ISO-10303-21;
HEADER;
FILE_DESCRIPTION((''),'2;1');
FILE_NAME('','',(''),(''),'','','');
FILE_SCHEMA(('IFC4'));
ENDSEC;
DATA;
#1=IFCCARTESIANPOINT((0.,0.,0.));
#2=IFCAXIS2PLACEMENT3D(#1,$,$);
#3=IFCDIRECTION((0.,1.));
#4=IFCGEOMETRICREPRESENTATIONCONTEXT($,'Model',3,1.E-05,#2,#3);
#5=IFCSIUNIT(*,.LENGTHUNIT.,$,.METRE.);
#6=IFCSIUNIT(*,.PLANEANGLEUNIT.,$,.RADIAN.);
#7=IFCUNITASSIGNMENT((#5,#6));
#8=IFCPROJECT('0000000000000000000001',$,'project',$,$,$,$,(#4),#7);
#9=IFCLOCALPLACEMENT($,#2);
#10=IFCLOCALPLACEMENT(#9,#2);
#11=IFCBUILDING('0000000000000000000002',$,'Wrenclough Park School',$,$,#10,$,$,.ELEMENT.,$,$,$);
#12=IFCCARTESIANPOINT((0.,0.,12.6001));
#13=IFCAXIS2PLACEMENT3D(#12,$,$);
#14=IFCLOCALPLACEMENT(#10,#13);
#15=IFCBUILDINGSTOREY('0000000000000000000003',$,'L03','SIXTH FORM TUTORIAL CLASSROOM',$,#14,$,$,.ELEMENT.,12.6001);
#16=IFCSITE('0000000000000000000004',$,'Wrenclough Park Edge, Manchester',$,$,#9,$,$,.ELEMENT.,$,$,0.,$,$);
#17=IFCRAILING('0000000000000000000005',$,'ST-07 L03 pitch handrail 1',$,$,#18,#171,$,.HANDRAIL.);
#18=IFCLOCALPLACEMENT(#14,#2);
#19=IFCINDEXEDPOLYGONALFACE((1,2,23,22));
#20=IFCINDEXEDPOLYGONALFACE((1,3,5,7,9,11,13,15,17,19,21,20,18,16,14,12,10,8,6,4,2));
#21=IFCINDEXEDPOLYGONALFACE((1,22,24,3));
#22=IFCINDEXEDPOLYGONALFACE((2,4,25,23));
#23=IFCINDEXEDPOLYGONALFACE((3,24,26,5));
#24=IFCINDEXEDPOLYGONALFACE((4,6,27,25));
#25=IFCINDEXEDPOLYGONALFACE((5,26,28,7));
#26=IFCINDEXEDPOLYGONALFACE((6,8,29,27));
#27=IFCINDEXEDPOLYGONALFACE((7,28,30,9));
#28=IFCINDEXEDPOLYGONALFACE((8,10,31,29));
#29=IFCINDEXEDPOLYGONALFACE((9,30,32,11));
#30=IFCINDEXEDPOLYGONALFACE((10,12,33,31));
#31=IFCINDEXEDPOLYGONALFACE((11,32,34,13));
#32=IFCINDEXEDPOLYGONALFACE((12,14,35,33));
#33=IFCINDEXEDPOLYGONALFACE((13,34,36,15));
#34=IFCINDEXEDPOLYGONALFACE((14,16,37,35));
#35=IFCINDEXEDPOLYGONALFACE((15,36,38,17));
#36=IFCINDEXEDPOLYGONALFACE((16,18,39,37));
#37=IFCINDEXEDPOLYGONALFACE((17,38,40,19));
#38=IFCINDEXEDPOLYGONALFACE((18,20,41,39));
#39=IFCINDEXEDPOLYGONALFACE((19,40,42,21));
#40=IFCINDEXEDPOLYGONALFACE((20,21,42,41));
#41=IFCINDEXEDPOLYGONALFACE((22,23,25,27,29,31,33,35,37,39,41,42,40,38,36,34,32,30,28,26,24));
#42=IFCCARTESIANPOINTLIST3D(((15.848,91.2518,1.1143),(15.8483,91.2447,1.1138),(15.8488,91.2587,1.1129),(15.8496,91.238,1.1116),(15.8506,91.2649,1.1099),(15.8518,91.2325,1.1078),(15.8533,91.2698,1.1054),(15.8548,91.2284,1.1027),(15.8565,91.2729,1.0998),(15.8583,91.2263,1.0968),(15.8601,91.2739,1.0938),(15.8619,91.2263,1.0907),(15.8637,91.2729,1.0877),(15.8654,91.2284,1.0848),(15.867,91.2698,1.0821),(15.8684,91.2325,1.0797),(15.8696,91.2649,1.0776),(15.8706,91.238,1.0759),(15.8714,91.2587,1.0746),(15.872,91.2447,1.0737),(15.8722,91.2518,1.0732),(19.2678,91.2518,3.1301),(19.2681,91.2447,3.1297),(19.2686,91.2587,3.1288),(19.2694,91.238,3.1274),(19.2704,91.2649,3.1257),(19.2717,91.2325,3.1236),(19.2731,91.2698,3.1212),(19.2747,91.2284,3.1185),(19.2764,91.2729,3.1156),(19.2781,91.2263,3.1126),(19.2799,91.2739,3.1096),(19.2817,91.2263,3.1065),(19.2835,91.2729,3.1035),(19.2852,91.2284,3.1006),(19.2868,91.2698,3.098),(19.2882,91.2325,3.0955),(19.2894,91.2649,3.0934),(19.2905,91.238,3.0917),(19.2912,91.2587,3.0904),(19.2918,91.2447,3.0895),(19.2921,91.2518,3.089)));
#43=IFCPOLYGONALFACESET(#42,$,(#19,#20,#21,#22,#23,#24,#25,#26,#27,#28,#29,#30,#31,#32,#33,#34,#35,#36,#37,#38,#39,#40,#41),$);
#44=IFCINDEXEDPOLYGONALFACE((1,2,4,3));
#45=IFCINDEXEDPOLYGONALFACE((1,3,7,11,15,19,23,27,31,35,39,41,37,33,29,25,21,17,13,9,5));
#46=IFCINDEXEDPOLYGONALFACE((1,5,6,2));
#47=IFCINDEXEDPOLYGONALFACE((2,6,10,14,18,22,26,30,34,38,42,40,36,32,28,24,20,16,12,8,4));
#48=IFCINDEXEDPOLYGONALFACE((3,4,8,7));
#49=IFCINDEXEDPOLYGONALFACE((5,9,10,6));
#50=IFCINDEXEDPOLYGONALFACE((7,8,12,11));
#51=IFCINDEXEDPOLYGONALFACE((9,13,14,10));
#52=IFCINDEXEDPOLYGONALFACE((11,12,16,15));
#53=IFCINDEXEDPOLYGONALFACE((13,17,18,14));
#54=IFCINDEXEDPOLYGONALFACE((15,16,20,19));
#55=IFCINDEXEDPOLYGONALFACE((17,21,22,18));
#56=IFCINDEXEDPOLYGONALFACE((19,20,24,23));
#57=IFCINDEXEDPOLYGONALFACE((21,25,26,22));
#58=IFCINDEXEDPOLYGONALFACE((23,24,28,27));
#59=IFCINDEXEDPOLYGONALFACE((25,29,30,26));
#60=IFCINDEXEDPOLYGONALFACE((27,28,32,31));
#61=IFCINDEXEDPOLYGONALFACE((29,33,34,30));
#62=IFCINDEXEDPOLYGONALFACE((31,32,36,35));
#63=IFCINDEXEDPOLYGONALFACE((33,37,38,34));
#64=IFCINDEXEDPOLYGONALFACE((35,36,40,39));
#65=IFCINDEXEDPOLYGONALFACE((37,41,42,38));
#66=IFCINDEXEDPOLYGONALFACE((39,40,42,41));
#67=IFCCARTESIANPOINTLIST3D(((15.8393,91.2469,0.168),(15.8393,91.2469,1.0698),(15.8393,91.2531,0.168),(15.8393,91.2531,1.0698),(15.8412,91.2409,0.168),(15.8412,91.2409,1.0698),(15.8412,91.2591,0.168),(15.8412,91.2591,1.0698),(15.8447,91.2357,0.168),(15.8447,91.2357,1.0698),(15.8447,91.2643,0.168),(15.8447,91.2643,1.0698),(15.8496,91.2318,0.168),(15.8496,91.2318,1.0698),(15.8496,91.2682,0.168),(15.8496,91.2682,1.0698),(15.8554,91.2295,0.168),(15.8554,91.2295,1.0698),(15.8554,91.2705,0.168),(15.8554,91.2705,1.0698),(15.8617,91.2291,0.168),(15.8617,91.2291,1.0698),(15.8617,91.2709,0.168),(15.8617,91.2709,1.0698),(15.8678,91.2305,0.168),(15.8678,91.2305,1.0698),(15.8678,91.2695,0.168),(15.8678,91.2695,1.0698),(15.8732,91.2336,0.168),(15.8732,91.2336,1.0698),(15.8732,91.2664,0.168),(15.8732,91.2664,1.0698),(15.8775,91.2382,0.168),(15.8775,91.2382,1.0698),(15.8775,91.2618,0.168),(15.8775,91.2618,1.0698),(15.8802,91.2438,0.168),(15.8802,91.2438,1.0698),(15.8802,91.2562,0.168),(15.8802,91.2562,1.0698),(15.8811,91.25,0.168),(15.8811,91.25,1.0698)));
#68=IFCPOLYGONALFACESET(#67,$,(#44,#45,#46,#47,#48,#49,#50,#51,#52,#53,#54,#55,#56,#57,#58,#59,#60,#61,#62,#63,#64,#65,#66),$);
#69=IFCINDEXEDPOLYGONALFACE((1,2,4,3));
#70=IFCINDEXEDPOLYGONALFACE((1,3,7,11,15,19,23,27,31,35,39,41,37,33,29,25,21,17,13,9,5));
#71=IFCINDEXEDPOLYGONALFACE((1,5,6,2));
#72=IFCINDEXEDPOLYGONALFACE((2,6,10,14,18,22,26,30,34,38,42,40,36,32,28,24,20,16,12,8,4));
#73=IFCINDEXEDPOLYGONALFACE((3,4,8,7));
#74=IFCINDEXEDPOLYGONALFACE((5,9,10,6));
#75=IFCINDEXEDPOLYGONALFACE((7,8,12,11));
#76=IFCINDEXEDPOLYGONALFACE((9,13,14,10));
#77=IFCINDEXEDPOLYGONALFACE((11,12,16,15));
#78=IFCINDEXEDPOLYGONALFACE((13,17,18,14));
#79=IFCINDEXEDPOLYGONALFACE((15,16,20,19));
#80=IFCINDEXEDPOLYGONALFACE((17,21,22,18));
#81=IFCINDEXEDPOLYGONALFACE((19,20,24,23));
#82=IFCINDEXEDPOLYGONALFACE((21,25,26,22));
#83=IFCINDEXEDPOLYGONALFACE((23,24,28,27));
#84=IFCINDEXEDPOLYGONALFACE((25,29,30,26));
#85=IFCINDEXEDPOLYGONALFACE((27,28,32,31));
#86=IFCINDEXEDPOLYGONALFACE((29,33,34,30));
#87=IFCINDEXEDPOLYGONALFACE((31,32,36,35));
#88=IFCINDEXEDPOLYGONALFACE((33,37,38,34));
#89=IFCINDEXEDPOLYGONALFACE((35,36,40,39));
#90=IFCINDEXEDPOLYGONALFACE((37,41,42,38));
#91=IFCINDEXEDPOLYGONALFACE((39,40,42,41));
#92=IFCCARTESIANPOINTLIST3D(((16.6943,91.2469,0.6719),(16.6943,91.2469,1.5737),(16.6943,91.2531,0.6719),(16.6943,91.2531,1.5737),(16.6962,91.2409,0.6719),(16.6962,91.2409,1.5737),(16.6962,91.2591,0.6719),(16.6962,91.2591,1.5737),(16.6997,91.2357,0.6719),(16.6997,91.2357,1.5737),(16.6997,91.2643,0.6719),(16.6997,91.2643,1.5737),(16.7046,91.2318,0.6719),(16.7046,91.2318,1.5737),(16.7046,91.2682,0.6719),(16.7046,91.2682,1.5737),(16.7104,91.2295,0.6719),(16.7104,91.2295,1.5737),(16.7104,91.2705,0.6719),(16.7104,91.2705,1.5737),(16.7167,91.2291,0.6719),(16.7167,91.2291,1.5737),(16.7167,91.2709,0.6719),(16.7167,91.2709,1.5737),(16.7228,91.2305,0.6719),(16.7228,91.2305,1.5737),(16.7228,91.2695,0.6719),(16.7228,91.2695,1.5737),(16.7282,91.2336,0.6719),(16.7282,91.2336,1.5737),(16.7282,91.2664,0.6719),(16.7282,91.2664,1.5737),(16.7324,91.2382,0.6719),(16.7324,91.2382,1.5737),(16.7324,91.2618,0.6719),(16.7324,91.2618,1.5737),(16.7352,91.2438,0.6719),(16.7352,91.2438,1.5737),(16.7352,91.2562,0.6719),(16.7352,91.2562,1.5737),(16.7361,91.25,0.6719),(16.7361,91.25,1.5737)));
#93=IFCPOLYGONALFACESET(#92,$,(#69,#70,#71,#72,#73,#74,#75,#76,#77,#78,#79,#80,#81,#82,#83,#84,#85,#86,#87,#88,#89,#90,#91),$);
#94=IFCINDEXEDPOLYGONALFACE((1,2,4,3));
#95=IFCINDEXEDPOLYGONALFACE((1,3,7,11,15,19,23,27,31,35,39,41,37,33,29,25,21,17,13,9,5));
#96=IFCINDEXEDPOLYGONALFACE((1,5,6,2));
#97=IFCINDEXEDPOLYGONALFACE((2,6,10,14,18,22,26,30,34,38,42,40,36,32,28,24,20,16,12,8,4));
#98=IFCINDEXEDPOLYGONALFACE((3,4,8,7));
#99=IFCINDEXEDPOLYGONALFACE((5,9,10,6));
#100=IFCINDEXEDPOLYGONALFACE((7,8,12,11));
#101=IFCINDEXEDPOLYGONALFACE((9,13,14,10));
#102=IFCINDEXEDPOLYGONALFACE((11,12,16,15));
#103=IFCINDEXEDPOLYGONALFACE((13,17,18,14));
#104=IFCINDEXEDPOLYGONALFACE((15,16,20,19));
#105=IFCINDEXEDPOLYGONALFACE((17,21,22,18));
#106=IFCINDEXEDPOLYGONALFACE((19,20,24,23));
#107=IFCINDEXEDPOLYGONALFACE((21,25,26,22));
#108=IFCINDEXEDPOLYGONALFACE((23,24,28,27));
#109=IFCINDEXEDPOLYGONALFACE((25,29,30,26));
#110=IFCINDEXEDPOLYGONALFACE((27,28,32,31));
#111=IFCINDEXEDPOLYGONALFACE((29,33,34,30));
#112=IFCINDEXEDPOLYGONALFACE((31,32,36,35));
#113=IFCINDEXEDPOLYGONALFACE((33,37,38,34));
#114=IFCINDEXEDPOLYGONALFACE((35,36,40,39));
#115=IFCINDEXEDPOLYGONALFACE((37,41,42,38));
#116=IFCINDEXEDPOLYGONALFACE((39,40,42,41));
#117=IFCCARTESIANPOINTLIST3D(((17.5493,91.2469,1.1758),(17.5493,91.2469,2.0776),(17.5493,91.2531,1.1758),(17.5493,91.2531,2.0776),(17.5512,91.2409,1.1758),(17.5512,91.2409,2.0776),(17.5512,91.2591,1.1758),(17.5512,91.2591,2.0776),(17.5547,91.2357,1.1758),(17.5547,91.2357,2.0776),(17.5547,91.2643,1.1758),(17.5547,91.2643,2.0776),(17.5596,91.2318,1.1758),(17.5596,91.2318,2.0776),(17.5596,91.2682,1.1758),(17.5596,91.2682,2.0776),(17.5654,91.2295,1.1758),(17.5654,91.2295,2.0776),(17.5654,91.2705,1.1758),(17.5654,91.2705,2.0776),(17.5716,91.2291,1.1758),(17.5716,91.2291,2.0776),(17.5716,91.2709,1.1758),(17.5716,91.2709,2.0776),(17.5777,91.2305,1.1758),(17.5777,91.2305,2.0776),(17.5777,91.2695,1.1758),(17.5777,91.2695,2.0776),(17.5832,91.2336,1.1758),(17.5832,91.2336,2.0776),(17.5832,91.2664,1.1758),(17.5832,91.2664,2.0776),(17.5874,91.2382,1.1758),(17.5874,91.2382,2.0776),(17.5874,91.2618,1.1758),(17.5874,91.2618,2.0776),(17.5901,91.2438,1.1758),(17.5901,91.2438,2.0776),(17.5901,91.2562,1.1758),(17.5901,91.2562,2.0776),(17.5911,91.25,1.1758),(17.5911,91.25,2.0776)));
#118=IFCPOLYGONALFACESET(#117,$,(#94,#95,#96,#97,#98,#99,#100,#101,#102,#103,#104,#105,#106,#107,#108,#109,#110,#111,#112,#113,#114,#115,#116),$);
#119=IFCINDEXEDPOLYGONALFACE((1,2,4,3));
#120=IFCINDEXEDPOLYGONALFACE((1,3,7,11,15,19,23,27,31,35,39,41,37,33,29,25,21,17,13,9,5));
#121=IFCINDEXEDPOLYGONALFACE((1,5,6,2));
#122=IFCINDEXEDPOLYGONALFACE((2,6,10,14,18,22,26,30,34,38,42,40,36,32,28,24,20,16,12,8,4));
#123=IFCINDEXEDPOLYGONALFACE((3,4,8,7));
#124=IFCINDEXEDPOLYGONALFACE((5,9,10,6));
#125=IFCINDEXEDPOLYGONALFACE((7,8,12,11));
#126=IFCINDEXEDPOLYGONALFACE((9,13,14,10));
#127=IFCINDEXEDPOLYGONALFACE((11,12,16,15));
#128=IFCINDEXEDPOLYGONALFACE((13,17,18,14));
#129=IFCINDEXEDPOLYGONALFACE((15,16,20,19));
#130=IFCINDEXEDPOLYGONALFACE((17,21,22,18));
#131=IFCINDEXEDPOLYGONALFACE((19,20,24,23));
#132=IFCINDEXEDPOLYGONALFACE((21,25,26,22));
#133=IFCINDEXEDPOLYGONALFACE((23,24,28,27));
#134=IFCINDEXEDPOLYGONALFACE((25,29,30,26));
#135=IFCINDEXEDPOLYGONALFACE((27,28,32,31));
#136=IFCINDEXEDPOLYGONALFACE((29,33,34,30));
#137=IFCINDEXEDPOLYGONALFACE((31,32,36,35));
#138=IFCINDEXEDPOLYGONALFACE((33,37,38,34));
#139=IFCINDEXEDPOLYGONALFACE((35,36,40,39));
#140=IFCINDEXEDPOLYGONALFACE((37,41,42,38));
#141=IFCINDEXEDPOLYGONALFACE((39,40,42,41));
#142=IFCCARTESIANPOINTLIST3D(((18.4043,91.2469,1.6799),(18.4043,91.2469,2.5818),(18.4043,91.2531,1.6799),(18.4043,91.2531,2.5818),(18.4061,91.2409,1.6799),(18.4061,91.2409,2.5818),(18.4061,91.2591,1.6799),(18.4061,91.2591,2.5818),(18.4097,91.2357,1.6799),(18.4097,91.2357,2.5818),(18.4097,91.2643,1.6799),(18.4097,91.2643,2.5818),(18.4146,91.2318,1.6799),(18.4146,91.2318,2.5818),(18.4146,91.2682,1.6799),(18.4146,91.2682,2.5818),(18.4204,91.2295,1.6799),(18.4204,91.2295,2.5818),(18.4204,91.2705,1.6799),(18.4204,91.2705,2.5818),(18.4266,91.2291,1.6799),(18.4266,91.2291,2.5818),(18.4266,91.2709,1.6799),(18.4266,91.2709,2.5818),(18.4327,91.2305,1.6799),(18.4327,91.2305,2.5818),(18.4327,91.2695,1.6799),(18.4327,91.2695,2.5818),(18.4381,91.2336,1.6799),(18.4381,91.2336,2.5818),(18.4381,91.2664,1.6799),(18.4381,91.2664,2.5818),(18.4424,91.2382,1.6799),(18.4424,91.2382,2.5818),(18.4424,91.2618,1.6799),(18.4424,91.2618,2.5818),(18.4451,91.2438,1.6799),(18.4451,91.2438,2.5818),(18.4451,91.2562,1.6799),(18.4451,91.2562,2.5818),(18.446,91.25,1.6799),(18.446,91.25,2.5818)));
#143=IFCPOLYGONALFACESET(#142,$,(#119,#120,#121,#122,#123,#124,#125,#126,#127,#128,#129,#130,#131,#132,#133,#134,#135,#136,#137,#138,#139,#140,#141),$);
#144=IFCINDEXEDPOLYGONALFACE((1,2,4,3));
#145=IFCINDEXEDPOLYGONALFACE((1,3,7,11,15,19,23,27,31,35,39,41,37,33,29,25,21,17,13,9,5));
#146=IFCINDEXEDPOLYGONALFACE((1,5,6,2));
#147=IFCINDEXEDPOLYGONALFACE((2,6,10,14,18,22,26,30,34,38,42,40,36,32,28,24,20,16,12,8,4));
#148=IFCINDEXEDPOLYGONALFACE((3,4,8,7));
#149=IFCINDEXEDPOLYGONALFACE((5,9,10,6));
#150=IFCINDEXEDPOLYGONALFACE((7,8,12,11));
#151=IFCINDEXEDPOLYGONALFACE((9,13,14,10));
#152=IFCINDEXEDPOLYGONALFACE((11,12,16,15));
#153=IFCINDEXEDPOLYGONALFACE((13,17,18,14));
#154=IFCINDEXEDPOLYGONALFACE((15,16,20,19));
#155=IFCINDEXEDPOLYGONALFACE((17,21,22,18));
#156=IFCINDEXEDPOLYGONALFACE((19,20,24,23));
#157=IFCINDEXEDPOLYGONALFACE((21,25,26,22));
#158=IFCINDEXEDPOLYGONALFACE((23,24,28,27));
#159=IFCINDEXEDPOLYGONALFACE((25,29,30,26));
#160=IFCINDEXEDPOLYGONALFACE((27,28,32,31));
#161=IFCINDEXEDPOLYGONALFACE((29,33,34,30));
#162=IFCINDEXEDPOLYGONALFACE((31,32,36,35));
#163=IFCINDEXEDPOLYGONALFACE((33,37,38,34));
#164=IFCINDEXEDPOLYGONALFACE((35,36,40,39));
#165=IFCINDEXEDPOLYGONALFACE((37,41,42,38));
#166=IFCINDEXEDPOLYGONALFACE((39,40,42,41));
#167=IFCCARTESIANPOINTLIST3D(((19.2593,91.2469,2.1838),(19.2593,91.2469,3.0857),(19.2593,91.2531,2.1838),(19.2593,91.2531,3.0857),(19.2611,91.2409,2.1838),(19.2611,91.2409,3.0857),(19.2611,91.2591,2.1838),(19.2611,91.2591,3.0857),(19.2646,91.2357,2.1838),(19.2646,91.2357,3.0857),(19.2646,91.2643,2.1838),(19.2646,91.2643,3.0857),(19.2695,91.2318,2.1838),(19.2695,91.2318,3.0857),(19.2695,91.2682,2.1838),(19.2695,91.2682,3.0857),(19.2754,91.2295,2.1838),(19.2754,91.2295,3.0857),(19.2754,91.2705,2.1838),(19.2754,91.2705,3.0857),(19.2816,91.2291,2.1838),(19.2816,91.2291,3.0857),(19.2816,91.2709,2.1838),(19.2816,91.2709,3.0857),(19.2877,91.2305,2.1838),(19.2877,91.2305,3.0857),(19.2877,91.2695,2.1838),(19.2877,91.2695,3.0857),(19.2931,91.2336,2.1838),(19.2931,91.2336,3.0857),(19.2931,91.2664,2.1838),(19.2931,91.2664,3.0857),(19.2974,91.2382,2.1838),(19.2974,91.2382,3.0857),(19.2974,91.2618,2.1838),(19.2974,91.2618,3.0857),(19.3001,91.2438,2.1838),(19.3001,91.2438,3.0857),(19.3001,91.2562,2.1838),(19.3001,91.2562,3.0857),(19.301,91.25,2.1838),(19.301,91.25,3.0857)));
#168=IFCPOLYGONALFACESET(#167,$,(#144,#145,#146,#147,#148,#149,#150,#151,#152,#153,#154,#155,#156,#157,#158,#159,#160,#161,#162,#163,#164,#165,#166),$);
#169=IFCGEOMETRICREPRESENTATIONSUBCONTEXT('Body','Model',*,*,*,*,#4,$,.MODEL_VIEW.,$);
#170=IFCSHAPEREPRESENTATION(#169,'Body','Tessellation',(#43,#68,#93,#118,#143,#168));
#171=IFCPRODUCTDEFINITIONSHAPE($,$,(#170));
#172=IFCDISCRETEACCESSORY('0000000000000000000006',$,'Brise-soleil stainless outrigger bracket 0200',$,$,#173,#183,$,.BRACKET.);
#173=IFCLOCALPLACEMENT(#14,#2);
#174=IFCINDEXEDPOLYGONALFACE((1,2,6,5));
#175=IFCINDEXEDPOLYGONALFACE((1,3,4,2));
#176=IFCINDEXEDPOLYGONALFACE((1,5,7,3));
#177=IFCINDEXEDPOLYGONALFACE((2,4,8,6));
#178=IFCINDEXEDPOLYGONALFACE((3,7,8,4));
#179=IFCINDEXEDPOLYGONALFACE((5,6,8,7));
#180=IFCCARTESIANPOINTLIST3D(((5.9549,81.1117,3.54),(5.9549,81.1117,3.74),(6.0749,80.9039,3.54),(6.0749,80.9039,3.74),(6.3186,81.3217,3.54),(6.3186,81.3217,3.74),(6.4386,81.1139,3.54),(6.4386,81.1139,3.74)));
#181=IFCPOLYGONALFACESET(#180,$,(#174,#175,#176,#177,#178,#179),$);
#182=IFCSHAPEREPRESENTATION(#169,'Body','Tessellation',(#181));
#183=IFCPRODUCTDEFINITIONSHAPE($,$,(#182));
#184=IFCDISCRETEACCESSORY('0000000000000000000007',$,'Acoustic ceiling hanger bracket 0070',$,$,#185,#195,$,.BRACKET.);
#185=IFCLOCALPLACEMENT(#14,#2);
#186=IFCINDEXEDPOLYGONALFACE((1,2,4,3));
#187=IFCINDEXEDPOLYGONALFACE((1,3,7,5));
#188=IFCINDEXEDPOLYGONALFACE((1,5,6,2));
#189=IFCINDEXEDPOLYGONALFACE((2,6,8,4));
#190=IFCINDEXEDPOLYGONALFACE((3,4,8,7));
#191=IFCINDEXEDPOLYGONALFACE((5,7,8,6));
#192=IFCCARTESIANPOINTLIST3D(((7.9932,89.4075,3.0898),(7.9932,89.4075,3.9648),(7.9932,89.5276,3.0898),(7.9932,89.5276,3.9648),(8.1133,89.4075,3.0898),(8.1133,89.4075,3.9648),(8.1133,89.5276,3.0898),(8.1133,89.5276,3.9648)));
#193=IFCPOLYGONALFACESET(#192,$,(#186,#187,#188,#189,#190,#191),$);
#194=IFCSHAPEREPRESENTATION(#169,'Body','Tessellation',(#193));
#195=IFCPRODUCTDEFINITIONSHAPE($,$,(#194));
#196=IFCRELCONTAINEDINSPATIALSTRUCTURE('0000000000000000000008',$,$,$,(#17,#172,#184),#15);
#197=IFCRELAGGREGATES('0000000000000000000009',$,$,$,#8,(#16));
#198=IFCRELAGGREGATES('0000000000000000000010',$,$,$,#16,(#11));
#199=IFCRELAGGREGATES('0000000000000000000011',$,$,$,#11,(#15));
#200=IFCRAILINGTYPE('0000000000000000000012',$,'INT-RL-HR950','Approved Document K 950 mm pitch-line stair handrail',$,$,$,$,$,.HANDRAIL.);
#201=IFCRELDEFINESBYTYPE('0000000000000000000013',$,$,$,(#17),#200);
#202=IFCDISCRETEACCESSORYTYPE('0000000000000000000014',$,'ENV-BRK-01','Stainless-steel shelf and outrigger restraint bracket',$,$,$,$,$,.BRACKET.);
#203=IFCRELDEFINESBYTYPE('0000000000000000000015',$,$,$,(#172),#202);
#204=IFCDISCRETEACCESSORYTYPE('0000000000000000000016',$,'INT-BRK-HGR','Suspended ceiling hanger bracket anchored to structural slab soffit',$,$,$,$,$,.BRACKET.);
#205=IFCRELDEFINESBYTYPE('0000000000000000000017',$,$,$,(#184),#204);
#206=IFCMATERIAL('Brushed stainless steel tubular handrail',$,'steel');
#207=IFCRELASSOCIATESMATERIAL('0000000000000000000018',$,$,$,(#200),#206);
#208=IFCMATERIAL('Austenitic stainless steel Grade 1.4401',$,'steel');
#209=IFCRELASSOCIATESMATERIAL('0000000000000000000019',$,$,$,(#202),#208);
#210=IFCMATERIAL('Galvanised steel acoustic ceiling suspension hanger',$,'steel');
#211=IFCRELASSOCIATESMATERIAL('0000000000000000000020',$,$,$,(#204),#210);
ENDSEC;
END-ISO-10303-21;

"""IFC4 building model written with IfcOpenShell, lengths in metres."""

from ifc_helpers import new_model, si_unit, direction, frame, origin, origin_2d, place, context, subcontext, project, spatial, rectangle, circle, extrude, material, type_object, element, save


model = new_model("IFC4")

# Units and contexts
model_context = context("Model", 3, precision=1e-05, world=origin(), true_north=direction((0.0, 1.0)))
body_context = subcontext(model_context, "Body", "Model", "MODEL_VIEW")
ifc_project = project(units=[si_unit("LENGTHUNIT", "METRE"), si_unit("PLANEANGLEUNIT", "RADIAN")], contexts=[model_context])

# Site, building, storey
site_placement = place(None, origin())
site = spatial("IfcSite", under=ifc_project, at=site_placement, Name="Wrenclough Park Edge, Manchester", CompositionType="ELEMENT", RefElevation=0.0)
building_placement = place(site_placement, origin())
building = spatial("IfcBuilding", under=site, at=building_placement, Name="Wrenclough Park School", CompositionType="ELEMENT")
storey_placement = place(building_placement, frame((0.0, 0.0, 12.6001)))
storey = spatial("IfcBuildingStorey", under=building, at=storey_placement, Name="L03", Description="SIXTH FORM TUTORIAL CLASSROOM", CompositionType="ELEMENT", Elevation=12.6001)

# Railing
ifc_material_1 = material(Name="Brushed stainless steel tubular handrail", Category="steel")
railing_type_1 = type_object("IfcRailingType", Name="INT-RL-HR950", Description="Approved Document K 950 mm pitch-line stair handrail", PredefinedType="HANDRAIL", material=ifc_material_1)
railing_1_placement = place(storey_placement, frame((15.8601, 91.25, 0.168)))
element("IfcRailing", 1, at=railing_1_placement, inside=storey, type_object=railing_type_1, Name="ST-07 L03 pitch handrail 1", PredefinedType="HANDRAIL", context=body_context, shape_type="SweptSolid", body=[
    extrude(circle(Radius=0.0239, at=origin_2d()), frame((0.0, 0.0, 0.9258), z_axis=(0.861477, 0.0, 0.507797), x_axis=(0.0, 1.0, 0.0)), (0.0, 0.0, 1.0), 3.9697),
    extrude(circle(Radius=0.021, at=origin_2d()), origin(), (0.0, 0.0, 1.0), 0.9019),
    extrude(circle(Radius=0.021, at=origin_2d()), frame((0.855, 0.0, 0.5039)), (0.0, 0.0, 1.0), 0.9019),
    extrude(circle(Radius=0.021, at=origin_2d()), frame((1.71, 0.0, 1.0078)), (0.0, 0.0, 1.0), 0.9019),
    extrude(circle(Radius=0.021, at=origin_2d()), frame((2.5649, 0.0, 1.512)), (0.0, 0.0, 1.0), 0.9019),
    extrude(circle(Radius=0.021, at=origin_2d()), frame((3.4199, 0.0, 2.0159)), (0.0, 0.0, 1.0), 0.9019),
])

# Discrete accessories
ifc_material_2 = material(Name="Austenitic stainless steel Grade 1.4401", Category="steel")
discrete_accessory_type_1 = type_object("IfcDiscreteAccessoryType", Name="ENV-BRK-01", Description="Stainless-steel shelf and outrigger restraint bracket", PredefinedType="BRACKET", material=ifc_material_2)
discrete_accessory_1_placement = place(storey_placement, frame((6.1968, 81.1128, 3.54), z_axis=(0.0, 0.0, 1.0), x_axis=(0.499991, -0.866031, 0.0)))
element("IfcDiscreteAccessory", 2, at=discrete_accessory_1_placement, inside=storey, type_object=discrete_accessory_type_1, Name="Brise-soleil stainless outrigger bracket 0200", PredefinedType="BRACKET", context=body_context, shape_type="SweptSolid", body=[
    extrude(rectangle(XDim=0.24, YDim=0.4199, at=origin_2d()), origin(), (0.0, 0.0, 1.0), 0.2),
])
ifc_material_3 = material(Name="Galvanised steel acoustic ceiling suspension hanger", Category="steel")
discrete_accessory_type_2 = type_object("IfcDiscreteAccessoryType", Name="INT-BRK-HGR", Description="Suspended ceiling hanger bracket anchored to structural slab soffit", PredefinedType="BRACKET", material=ifc_material_3)
discrete_accessory_2_placement = place(storey_placement, frame((8.0532, 89.4675, 3.0898), z_axis=(0.0, 0.0, 1.0), x_axis=(1.0, 0.0, 0.0)))
element("IfcDiscreteAccessory", 3, at=discrete_accessory_2_placement, inside=storey, type_object=discrete_accessory_type_2, Name="Acoustic ceiling hanger bracket 0070", PredefinedType="BRACKET", context=body_context, shape_type="SweptSolid", body=[
    extrude(rectangle(XDim=0.1201, YDim=0.1201, at=origin_2d()), origin(), (0.0, 0.0, 1.0), 0.875),
])

save(model, "model.ifc")
